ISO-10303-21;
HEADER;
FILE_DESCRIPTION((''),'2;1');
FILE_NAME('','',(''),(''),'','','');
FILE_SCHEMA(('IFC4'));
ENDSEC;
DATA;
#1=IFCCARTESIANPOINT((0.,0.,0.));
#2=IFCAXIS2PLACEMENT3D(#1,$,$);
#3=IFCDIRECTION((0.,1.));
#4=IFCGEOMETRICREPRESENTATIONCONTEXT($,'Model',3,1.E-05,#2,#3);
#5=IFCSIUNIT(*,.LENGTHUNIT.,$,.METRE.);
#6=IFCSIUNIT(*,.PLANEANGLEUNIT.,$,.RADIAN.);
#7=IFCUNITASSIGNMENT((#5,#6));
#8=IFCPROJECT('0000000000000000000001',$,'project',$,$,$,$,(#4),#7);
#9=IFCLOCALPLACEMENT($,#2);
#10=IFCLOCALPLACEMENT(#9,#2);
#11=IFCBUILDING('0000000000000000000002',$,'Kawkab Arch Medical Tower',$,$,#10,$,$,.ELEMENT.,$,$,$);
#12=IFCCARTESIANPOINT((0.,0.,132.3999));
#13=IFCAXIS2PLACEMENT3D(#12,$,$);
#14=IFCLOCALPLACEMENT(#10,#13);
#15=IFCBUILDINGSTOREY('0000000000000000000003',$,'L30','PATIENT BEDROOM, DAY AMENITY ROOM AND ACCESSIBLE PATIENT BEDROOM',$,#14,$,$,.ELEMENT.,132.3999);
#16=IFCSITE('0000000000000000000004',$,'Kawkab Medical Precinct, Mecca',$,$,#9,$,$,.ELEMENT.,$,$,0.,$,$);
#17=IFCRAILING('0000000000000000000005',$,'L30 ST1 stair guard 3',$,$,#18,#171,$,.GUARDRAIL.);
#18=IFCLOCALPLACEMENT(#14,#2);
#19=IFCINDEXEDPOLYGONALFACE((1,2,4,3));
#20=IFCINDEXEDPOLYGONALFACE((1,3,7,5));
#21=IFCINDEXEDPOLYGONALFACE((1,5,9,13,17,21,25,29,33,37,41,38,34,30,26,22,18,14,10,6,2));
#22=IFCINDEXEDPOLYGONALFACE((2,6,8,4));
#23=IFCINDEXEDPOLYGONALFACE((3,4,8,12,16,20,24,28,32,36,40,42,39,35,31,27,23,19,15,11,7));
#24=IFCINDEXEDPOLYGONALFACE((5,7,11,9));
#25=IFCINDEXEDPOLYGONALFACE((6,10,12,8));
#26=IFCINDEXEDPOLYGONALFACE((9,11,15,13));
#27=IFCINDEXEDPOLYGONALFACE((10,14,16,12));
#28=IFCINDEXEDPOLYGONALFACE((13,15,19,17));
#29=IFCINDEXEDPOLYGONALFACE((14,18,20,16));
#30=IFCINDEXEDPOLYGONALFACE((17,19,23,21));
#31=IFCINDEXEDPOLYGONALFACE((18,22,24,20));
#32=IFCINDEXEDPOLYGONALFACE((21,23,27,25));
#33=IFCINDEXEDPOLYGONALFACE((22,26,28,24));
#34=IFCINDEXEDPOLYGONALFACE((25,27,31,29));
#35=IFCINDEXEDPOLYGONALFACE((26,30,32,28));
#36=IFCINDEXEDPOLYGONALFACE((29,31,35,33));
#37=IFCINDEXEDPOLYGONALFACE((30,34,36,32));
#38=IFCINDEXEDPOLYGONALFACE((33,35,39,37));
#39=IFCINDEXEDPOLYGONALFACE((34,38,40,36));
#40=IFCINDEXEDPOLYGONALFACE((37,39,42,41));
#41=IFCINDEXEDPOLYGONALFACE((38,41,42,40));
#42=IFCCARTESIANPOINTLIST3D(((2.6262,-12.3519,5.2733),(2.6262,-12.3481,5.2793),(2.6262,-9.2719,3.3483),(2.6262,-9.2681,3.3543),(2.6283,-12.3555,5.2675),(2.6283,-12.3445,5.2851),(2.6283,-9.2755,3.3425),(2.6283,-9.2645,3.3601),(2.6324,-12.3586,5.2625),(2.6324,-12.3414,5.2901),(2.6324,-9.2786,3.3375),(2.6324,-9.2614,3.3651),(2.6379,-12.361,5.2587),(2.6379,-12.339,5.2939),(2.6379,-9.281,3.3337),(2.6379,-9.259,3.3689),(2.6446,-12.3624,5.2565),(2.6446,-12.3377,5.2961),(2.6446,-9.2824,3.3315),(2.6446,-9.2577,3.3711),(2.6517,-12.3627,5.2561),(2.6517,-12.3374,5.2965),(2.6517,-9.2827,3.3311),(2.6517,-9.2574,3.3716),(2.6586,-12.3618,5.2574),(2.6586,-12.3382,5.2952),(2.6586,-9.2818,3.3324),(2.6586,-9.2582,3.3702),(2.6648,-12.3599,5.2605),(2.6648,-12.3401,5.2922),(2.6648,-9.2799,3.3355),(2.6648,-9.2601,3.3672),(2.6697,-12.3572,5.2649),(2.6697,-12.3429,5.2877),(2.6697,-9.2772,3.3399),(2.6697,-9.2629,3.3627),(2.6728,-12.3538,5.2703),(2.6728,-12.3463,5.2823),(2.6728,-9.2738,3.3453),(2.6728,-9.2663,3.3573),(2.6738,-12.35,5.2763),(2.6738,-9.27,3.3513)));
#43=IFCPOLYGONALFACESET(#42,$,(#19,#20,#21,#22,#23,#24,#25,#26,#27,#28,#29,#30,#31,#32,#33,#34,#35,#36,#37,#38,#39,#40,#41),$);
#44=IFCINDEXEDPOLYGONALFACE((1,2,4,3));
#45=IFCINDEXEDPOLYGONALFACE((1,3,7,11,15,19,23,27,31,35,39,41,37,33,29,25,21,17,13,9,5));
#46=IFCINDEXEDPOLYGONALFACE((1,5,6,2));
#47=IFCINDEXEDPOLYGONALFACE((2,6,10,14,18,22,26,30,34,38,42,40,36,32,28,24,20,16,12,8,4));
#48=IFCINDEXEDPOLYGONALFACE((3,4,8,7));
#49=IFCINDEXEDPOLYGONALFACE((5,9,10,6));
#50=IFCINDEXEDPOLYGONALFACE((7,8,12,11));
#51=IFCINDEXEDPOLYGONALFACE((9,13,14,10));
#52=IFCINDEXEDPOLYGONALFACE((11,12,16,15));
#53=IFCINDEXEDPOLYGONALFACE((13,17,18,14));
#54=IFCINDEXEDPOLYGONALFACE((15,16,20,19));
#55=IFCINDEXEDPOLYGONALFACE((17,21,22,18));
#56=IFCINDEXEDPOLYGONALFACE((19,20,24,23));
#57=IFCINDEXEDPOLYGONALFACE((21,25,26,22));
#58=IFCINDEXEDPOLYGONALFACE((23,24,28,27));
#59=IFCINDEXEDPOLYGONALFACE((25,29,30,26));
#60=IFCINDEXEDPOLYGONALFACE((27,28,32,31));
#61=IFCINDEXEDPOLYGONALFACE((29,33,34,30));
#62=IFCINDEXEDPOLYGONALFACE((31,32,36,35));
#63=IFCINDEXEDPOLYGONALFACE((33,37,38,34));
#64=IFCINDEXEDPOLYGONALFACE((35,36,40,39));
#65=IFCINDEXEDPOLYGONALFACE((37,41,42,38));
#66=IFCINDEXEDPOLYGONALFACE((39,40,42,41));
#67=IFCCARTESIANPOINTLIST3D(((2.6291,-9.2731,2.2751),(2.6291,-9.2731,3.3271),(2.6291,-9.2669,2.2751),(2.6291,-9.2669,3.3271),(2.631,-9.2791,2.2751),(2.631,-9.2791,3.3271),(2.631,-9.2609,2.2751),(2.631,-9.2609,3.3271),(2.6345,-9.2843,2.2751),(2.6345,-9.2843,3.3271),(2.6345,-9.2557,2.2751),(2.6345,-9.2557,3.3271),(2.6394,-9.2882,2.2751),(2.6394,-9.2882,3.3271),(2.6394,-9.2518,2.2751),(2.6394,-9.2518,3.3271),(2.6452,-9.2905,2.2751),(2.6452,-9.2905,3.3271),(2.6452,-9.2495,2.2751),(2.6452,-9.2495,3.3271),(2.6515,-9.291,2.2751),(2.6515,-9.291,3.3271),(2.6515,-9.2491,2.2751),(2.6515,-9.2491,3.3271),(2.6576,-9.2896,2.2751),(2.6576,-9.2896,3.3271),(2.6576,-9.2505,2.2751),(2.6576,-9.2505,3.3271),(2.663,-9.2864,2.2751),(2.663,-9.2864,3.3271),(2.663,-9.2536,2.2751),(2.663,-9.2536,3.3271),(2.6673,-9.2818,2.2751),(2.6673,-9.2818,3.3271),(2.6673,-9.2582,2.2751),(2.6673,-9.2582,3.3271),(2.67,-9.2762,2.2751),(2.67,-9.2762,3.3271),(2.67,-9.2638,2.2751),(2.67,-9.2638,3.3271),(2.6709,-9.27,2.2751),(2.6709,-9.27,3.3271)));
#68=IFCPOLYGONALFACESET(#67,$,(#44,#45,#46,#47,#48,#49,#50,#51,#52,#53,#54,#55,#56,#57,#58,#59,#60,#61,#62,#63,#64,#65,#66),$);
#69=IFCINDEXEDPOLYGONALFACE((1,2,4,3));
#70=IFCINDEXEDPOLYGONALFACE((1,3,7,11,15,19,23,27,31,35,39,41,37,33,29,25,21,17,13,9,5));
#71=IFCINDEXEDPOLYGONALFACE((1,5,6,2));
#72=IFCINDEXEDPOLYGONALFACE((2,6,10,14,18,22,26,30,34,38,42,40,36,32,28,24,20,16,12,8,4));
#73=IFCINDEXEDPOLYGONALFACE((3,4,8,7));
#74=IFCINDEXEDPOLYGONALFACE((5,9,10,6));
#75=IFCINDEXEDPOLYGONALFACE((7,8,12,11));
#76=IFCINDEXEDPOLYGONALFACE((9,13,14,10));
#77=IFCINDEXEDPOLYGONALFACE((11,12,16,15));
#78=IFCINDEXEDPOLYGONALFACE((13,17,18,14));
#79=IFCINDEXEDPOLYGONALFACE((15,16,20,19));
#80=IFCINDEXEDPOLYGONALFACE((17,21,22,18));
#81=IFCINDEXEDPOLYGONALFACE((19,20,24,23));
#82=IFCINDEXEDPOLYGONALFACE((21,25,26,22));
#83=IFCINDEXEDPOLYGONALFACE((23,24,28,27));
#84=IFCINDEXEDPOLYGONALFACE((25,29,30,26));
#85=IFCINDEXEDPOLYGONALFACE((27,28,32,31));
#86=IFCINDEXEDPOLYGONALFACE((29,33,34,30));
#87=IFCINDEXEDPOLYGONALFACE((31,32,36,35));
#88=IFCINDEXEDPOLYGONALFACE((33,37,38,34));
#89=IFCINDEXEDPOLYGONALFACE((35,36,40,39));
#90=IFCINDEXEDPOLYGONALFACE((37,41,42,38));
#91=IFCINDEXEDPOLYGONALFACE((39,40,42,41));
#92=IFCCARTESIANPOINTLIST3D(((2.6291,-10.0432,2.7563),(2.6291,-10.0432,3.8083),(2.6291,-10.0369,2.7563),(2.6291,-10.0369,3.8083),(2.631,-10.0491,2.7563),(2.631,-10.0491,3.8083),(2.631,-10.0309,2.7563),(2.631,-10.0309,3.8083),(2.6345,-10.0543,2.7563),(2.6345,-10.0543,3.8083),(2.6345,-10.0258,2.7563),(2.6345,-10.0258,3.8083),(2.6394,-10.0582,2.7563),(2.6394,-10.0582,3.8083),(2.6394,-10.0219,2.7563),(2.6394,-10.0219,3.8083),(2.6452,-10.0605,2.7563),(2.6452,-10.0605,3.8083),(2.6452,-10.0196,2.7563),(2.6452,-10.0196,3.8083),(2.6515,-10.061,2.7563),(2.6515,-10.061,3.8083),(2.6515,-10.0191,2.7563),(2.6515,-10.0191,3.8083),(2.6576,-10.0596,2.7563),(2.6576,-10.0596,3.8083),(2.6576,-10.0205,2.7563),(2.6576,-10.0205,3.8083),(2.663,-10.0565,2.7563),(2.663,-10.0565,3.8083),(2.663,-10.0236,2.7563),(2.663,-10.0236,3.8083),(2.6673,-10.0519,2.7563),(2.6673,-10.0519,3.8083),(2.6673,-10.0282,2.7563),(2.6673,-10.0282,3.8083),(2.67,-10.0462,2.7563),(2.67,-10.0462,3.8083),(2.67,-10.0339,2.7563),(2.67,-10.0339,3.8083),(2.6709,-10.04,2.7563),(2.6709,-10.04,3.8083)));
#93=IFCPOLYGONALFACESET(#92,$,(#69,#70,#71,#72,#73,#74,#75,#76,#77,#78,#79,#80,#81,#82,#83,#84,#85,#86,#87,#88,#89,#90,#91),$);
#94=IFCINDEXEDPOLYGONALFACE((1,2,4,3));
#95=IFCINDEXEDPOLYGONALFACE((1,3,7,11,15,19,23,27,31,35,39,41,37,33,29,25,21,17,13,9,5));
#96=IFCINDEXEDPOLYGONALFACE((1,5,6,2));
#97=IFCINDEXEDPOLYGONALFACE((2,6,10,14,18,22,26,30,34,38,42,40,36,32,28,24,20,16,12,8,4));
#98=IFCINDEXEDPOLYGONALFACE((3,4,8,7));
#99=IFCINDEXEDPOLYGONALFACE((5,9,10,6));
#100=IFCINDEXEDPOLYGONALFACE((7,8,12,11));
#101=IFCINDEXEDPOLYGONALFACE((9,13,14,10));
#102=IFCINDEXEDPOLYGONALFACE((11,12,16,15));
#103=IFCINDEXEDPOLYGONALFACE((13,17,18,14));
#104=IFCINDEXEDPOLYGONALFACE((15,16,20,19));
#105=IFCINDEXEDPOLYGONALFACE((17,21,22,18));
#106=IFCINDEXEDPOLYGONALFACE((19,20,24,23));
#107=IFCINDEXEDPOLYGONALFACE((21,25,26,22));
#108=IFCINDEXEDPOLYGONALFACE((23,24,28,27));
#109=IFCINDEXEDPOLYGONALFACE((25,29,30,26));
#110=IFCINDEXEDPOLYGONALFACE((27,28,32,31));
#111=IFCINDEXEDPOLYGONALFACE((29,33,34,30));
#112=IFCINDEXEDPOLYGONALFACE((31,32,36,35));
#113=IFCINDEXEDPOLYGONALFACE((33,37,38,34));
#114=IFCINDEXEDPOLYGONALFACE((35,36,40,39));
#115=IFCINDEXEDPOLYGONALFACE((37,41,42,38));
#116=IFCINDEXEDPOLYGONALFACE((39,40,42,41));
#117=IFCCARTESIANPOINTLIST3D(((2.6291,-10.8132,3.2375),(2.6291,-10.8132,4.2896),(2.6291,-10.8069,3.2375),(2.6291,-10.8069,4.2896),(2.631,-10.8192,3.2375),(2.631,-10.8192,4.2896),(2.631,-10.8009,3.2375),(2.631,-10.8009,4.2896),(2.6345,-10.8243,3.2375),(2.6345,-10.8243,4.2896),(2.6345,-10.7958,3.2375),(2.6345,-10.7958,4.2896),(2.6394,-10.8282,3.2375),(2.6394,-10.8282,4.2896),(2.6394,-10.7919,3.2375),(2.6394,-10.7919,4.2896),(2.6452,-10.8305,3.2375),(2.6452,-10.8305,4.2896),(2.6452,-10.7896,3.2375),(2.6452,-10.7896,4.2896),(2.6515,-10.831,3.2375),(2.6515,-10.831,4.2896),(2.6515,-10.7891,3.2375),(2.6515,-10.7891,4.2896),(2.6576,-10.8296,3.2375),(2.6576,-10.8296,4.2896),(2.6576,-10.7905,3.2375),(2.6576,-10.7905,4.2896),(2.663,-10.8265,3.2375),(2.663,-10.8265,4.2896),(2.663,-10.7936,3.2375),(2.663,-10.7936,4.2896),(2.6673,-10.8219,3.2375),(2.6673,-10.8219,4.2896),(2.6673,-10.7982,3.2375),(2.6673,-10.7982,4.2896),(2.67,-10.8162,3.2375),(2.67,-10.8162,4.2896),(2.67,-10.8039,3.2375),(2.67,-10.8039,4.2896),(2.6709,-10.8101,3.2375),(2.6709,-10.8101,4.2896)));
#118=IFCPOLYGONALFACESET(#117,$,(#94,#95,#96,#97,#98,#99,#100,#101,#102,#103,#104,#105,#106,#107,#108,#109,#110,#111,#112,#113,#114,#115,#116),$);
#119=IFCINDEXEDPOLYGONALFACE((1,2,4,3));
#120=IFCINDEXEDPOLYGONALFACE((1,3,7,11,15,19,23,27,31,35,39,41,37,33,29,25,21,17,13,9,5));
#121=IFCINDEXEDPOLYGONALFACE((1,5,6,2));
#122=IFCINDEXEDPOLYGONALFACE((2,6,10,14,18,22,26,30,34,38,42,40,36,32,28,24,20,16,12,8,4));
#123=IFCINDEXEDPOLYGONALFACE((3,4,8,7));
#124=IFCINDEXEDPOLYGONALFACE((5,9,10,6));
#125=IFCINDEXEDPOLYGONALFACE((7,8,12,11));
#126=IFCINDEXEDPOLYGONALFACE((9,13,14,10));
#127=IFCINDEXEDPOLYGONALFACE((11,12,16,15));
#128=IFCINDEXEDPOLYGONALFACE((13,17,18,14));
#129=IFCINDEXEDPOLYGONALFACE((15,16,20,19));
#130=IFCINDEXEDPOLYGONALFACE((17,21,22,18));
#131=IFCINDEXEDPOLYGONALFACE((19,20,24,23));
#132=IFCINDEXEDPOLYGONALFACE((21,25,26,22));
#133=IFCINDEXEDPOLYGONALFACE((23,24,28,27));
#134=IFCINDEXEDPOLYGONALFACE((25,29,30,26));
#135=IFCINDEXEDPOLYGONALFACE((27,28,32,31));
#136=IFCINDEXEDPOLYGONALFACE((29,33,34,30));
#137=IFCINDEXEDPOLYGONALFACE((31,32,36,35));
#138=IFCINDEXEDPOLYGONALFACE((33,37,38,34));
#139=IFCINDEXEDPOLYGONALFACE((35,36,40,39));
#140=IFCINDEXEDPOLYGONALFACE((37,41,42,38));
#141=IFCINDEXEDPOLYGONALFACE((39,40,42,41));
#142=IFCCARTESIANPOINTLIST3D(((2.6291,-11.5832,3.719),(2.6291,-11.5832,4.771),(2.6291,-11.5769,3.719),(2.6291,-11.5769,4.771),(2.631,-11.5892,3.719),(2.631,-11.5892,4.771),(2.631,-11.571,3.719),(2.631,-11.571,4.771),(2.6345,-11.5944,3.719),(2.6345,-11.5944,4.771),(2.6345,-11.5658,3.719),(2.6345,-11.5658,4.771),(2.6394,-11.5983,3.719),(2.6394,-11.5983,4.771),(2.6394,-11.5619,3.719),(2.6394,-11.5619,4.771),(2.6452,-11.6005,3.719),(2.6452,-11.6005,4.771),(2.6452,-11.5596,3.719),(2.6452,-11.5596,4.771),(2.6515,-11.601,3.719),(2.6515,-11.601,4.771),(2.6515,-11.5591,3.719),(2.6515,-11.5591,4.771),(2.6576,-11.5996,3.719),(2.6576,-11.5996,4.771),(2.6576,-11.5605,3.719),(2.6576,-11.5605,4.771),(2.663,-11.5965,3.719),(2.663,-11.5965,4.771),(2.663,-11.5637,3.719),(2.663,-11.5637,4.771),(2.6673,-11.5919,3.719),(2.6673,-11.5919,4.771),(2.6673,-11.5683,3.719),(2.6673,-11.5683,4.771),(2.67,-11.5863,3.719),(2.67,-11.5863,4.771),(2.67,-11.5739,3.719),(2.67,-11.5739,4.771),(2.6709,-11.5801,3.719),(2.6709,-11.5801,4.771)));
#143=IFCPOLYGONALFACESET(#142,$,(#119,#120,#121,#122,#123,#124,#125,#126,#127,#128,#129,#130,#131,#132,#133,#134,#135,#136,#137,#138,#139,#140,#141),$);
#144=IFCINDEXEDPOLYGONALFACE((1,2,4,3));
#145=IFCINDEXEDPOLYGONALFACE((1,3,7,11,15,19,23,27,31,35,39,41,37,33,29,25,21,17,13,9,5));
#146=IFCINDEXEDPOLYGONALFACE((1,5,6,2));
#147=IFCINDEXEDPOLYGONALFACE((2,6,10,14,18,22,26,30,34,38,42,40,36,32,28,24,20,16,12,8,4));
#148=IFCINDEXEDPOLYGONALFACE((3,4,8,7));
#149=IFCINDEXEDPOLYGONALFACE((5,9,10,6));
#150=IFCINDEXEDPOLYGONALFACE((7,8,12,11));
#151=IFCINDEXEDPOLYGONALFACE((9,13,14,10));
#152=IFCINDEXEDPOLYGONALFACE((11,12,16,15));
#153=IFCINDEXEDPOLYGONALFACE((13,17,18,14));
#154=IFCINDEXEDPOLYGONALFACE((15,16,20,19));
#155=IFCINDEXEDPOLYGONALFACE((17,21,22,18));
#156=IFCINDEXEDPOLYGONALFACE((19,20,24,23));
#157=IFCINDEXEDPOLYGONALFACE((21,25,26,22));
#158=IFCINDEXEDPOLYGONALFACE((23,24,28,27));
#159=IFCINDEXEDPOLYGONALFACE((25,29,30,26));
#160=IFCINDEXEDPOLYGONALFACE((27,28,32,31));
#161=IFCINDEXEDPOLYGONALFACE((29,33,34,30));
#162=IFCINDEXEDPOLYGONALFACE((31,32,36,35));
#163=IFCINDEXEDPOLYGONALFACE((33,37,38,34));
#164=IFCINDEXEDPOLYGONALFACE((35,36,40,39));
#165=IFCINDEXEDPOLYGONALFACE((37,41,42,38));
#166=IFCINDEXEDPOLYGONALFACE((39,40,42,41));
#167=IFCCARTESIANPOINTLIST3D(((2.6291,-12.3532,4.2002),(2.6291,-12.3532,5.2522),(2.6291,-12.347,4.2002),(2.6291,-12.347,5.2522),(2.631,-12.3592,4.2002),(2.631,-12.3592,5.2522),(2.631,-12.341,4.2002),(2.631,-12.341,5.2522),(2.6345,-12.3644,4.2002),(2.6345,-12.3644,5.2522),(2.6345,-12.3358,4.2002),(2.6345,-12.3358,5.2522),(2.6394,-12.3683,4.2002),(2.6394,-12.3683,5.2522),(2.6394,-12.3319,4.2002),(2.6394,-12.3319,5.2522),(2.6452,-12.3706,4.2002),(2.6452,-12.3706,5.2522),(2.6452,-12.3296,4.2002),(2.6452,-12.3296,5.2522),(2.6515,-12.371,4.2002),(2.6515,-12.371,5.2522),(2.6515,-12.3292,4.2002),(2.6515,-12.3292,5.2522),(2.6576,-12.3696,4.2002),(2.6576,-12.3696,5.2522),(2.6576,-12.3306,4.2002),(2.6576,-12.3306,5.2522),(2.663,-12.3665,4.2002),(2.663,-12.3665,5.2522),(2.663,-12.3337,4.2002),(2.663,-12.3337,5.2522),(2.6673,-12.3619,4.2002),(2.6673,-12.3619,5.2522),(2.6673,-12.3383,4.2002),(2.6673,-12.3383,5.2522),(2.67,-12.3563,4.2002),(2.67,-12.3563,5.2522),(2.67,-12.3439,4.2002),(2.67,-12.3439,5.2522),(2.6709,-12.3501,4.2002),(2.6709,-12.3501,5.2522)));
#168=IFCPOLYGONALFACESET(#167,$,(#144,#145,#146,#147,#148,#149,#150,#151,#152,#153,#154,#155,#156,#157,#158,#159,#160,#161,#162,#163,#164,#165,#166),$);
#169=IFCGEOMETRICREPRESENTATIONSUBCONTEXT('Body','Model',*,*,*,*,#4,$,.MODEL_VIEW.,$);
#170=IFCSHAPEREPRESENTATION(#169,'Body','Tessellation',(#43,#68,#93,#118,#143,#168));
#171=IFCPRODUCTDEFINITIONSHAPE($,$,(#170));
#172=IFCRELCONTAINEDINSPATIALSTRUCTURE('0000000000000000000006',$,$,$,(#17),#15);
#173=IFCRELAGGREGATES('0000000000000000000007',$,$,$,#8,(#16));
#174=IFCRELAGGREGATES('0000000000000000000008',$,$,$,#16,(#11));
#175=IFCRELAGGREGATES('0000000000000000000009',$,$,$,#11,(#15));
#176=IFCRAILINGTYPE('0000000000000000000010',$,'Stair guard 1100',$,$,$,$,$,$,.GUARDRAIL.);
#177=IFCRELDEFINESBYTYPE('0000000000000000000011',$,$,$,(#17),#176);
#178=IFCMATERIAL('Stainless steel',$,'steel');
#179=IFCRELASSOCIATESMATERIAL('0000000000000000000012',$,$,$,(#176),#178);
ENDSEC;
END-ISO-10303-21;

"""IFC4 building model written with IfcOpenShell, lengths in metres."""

from ifc_helpers import new_model, si_unit, direction, frame, origin, origin_2d, place, context, subcontext, project, spatial, circle, extrude, material, type_object, element, save


model = new_model("IFC4")

# Units and contexts
model_context = context("Model", 3, precision=1e-05, world=origin(), true_north=direction((0.0, 1.0)))
body_context = subcontext(model_context, "Body", "Model", "MODEL_VIEW")
ifc_project = project(units=[si_unit("LENGTHUNIT", "METRE"), si_unit("PLANEANGLEUNIT", "RADIAN")], contexts=[model_context])

# Site, building, storey
site_placement = place(None, origin())
site = spatial("IfcSite", under=ifc_project, at=site_placement, Name="Kawkab Medical Precinct, Mecca", CompositionType="ELEMENT", RefElevation=0.0)
building_placement = place(site_placement, origin())
building = spatial("IfcBuilding", under=site, at=building_placement, Name="Kawkab Arch Medical Tower", CompositionType="ELEMENT")
storey_placement = place(building_placement, frame((0.0, 0.0, 132.3999)))
storey = spatial("IfcBuildingStorey", under=building, at=storey_placement, Name="L30", Description="PATIENT BEDROOM, DAY AMENITY ROOM AND ACCESSIBLE PATIENT BEDROOM", CompositionType="ELEMENT", Elevation=132.3999)

# Railing
ifc_material_1 = material(Name="Stainless steel", Category="steel")
railing_type_1 = type_object("IfcRailingType", Name="Stair guard 1100", PredefinedType="GUARDRAIL", material=ifc_material_1)
railing_1_placement = place(storey_placement, frame((2.6499, -9.27, 2.2751)))
element("IfcRailing", 1, at=railing_1_placement, inside=storey, type_object=railing_type_1, Name="L30 ST1 stair guard 3", PredefinedType="GUARDRAIL", context=body_context, shape_type="SweptSolid", body=[
    extrude(circle(Radius=0.0239, at=origin_2d()), frame((0.0, 0.0, 1.0762), z_axis=(0.0, -0.847998, 0.529999), x_axis=(1.0, 0.0, 0.0)), (0.0, 0.0, 1.0), 3.6321),
    extrude(circle(Radius=0.021, at=origin_2d()), origin(), (0.0, 0.0, 1.0), 1.052),
    extrude(circle(Radius=0.021, at=origin_2d()), frame((0.0, -0.77, 0.4812)), (0.0, 0.0, 1.0), 1.052),
    extrude(circle(Radius=0.021, at=origin_2d()), frame((0.0, -1.54, 0.9624)), (0.0, 0.0, 1.0), 1.052),
    extrude(circle(Radius=0.021, at=origin_2d()), frame((0.0, -2.3101, 1.4438)), (0.0, 0.0, 1.0), 1.052),
    extrude(circle(Radius=0.021, at=origin_2d()), frame((0.0, -3.0801, 1.925)), (0.0, 0.0, 1.0), 1.052),
])

save(model, "model.ifc")
